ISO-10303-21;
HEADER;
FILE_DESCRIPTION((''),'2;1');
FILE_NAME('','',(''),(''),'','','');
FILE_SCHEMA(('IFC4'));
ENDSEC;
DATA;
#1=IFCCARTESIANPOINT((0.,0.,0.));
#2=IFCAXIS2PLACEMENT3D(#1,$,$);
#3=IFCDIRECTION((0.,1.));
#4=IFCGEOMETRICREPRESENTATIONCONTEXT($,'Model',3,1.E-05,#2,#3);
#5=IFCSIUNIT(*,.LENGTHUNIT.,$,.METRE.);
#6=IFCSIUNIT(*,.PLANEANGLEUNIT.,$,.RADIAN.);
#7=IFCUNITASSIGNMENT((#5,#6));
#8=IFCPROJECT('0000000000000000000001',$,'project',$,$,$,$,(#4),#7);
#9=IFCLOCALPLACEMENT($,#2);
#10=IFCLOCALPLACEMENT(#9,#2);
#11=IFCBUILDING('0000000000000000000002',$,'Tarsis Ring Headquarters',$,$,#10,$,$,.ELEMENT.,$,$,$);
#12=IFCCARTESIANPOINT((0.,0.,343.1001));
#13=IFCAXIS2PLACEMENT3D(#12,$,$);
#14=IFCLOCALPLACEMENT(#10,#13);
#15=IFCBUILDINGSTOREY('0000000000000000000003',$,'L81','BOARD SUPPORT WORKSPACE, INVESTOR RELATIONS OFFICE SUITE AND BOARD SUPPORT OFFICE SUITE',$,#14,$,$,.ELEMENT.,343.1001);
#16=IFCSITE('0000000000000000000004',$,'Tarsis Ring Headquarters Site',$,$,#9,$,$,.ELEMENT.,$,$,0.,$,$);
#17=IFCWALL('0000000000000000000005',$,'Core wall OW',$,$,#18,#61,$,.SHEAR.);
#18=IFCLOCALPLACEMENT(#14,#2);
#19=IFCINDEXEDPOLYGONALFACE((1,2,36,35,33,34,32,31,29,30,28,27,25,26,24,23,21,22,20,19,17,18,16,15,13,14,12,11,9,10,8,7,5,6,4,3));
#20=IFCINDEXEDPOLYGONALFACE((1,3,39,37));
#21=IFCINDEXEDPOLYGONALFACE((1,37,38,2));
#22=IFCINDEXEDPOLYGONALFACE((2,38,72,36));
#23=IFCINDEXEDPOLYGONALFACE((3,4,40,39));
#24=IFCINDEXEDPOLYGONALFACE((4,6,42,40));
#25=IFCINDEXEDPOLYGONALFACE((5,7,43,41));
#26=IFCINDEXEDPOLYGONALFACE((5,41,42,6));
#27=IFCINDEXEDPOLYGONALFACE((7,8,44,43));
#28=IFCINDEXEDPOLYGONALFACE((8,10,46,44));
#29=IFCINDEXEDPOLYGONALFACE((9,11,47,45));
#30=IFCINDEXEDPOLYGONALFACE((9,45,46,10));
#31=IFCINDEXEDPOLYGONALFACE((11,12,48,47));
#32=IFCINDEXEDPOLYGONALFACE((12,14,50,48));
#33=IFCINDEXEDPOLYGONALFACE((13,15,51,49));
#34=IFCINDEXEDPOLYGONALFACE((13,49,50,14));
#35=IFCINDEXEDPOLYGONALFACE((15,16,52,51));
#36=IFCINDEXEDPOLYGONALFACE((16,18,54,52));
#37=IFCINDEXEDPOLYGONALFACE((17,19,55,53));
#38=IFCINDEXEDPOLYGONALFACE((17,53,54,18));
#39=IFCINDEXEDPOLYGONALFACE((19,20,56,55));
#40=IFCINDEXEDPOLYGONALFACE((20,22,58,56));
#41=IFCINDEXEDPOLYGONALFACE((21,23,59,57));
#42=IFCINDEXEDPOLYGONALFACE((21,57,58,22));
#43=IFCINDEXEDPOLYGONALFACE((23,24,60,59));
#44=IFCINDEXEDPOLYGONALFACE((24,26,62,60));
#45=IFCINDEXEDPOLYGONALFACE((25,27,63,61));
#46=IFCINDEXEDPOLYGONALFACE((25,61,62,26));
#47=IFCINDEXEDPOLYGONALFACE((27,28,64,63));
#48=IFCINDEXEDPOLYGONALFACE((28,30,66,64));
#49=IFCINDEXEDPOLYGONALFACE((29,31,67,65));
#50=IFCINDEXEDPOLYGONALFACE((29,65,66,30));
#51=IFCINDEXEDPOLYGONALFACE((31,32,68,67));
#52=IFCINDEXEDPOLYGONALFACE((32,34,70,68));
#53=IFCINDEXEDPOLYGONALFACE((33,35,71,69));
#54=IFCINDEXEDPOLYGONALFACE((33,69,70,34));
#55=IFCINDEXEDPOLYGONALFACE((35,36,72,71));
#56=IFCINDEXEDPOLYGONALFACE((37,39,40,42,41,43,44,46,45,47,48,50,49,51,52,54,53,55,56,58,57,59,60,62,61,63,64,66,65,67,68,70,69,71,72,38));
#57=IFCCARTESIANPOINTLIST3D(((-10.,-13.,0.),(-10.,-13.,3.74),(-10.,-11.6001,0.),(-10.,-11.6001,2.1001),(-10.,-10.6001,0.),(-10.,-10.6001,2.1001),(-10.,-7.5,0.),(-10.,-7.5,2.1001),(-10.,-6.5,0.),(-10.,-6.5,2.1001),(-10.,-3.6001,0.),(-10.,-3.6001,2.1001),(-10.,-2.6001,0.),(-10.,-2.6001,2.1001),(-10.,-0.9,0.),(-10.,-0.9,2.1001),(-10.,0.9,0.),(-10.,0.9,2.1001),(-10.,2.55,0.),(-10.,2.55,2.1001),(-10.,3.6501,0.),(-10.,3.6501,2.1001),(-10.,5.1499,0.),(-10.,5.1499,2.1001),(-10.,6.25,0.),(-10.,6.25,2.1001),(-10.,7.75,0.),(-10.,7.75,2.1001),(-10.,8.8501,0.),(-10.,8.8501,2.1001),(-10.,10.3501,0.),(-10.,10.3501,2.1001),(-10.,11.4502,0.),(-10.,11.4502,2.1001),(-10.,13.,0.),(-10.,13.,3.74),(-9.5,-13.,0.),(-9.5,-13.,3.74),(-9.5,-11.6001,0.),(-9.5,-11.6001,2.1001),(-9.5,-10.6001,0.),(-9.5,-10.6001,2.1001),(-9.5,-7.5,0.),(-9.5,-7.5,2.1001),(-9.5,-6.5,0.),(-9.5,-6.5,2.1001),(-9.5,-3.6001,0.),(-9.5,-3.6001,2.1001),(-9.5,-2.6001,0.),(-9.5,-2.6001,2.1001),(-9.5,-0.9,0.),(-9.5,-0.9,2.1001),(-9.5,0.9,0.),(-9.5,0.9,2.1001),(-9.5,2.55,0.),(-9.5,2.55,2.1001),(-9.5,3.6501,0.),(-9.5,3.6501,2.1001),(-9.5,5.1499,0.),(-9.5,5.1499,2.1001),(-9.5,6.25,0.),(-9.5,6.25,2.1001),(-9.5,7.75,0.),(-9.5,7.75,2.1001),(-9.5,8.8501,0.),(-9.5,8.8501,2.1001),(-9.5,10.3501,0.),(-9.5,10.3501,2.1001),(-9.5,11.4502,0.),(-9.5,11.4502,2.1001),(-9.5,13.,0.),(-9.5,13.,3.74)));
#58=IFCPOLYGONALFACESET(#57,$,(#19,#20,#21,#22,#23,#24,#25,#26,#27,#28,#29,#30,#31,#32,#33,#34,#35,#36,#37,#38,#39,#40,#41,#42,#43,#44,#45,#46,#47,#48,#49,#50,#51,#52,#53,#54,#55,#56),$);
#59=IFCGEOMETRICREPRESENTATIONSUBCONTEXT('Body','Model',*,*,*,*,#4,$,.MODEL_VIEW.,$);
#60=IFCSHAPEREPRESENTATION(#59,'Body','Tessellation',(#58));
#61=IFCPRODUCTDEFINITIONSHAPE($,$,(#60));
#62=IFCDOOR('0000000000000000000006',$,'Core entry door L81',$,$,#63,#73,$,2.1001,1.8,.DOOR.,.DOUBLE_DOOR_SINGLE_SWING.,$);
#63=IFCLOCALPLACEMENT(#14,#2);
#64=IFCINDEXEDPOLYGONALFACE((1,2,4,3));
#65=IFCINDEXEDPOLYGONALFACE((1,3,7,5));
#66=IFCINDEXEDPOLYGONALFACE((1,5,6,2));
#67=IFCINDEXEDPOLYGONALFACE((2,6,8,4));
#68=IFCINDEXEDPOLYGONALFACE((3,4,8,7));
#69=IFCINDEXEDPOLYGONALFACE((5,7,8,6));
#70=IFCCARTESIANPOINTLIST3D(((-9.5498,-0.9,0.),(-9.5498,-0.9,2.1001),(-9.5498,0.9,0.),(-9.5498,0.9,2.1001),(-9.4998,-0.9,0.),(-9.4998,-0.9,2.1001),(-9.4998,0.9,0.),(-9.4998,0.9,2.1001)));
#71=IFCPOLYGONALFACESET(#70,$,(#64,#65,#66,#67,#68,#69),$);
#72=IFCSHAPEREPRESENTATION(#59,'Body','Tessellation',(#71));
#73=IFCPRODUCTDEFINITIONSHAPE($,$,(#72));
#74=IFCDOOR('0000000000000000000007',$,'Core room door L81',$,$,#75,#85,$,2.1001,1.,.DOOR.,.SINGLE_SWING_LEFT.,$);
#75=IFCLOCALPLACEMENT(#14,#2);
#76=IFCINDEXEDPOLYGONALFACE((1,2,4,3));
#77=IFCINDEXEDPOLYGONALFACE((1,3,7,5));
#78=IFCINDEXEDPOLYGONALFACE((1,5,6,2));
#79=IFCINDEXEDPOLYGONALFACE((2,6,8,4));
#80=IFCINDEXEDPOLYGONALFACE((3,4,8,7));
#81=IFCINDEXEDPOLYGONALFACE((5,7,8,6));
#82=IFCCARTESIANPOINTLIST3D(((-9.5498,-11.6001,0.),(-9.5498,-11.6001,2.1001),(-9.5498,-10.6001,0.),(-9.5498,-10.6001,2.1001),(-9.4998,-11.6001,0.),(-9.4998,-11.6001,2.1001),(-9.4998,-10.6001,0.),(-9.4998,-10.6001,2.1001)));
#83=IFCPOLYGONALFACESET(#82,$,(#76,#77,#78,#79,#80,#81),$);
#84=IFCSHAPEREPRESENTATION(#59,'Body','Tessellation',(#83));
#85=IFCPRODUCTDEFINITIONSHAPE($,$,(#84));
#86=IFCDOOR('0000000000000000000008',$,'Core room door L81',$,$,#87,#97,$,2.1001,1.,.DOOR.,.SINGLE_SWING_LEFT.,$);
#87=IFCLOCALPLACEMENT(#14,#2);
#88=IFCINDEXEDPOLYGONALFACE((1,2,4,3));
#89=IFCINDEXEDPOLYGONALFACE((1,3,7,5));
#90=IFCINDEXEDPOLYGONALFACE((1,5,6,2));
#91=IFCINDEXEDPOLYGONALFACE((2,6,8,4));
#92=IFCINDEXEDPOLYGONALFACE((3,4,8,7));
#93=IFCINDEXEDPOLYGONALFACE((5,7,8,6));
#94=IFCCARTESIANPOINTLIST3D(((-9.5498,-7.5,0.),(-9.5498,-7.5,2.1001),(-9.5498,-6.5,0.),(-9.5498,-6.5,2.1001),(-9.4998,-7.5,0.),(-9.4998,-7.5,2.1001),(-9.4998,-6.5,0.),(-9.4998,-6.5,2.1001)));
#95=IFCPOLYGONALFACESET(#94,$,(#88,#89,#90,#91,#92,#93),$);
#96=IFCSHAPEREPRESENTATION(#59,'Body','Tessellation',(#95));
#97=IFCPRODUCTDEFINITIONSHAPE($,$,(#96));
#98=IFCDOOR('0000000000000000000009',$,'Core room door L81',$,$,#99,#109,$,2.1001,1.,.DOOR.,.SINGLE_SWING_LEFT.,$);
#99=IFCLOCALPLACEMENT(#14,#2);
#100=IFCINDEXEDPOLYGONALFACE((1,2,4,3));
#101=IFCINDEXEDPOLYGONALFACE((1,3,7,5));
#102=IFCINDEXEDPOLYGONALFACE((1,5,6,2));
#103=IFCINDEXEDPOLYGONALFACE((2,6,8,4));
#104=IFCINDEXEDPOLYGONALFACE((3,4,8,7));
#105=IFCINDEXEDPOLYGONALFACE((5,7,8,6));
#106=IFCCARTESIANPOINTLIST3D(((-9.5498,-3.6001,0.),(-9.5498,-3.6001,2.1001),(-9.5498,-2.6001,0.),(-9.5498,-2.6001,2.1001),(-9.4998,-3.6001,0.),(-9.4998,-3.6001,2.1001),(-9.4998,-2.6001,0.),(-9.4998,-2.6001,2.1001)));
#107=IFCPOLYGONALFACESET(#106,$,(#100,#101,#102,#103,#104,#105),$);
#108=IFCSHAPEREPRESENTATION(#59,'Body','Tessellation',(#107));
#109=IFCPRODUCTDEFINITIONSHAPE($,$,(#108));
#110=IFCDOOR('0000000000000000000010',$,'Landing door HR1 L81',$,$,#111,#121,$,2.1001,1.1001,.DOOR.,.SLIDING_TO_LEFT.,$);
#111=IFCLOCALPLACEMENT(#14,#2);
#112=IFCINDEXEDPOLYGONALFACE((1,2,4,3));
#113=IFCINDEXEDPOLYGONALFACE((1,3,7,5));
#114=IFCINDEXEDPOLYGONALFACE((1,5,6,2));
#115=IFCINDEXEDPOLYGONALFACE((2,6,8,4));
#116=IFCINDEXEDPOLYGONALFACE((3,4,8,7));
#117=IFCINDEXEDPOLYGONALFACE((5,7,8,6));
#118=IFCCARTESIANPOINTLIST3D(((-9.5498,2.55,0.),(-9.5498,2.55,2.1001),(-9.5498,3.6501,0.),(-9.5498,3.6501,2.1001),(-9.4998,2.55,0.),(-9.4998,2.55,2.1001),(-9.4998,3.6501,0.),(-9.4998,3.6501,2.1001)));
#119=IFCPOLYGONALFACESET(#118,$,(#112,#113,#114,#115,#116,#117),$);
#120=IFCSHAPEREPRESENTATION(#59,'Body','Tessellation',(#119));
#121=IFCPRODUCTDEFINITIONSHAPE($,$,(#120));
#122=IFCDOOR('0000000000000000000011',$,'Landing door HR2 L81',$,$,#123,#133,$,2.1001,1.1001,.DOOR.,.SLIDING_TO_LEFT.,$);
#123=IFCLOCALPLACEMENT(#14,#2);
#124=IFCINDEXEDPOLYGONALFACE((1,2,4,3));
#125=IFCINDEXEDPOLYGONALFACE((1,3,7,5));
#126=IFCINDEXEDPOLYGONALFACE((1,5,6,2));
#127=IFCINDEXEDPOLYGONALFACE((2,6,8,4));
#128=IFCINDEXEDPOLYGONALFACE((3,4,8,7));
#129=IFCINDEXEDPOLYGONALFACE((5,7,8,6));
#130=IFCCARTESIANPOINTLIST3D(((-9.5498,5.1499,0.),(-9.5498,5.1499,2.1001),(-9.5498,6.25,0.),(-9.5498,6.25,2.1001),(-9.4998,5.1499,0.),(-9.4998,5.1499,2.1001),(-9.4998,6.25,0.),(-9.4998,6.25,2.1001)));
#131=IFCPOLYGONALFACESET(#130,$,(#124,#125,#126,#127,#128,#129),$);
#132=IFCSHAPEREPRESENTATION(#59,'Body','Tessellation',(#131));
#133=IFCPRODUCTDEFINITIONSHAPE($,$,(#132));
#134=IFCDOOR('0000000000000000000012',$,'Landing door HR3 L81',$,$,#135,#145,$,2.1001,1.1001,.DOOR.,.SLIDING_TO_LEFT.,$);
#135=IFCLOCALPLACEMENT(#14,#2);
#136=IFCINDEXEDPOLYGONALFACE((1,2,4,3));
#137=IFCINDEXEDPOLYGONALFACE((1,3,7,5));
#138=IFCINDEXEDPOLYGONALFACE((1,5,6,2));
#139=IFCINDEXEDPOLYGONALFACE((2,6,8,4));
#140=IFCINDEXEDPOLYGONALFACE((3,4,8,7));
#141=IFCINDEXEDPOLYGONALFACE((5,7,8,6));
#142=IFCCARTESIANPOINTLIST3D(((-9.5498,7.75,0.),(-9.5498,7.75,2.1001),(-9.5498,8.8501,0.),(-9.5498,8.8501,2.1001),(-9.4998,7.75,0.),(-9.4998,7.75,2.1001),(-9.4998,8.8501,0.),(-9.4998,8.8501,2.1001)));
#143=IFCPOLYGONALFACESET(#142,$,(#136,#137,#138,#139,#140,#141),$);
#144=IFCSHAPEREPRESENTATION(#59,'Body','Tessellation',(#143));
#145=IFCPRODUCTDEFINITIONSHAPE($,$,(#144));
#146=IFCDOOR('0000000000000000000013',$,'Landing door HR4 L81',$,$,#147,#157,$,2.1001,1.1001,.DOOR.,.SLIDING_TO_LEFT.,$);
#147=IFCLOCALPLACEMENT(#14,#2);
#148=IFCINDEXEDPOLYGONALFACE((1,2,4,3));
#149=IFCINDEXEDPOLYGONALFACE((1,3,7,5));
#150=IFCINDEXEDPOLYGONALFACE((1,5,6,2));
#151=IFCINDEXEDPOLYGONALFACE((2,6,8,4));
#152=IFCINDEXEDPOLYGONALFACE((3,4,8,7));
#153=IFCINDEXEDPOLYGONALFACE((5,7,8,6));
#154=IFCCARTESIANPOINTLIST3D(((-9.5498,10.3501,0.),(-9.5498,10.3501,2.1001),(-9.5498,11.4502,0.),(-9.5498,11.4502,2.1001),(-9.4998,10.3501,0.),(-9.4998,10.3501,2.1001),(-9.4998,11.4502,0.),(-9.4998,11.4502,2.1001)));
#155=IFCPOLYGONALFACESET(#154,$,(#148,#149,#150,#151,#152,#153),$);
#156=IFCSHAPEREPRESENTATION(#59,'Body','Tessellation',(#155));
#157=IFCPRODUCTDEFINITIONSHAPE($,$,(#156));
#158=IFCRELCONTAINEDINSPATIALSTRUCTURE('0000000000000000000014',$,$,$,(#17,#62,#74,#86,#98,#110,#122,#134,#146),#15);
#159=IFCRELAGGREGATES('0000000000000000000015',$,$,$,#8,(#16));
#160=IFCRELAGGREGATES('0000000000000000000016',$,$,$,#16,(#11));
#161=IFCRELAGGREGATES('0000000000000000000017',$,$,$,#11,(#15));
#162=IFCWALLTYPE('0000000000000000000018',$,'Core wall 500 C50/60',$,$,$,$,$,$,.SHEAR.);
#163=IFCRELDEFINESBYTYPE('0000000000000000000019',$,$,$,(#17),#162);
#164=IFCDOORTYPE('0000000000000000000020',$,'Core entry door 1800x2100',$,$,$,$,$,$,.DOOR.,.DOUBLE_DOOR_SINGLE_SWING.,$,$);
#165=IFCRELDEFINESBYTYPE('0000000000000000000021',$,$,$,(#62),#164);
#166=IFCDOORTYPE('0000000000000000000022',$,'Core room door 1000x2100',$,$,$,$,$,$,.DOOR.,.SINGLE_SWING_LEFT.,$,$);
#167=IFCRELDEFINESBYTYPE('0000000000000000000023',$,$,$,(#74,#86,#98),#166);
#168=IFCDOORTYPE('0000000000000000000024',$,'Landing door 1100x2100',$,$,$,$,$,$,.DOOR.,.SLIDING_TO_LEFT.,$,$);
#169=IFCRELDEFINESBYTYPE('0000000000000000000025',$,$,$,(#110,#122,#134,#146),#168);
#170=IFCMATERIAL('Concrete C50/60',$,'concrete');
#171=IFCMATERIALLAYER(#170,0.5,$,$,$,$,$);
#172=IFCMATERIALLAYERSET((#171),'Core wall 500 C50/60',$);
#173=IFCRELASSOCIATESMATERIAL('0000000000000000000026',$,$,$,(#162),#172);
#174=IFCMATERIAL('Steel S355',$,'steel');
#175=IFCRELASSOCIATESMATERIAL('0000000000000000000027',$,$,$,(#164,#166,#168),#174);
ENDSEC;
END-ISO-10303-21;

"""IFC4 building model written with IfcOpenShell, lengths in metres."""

from ifc_helpers import new_model, si_unit, direction, frame, frame_2d, origin, place, context, subcontext, project, spatial, rectangle, extrude, material, layer, layer_set, type_object, element, fill, save


model = new_model("IFC4")

# Units and contexts
model_context = context("Model", 3, precision=1e-05, world=origin(), true_north=direction((0.0, 1.0)))
body_context = subcontext(model_context, "Body", "Model", "MODEL_VIEW")
ifc_project = project(units=[si_unit("LENGTHUNIT", "METRE"), si_unit("PLANEANGLEUNIT", "RADIAN")], contexts=[model_context])

# Site, building, storey
site_placement = place(None, origin())
site = spatial("IfcSite", under=ifc_project, at=site_placement, Name="Tarsis Ring Headquarters Site", CompositionType="ELEMENT", RefElevation=0.0)
building_placement = place(site_placement, origin())
building = spatial("IfcBuilding", under=site, at=building_placement, Name="Tarsis Ring Headquarters", CompositionType="ELEMENT")
storey_placement = place(building_placement, frame((0.0, 0.0, 343.1001)))
storey = spatial("IfcBuildingStorey", under=building, at=storey_placement, Name="L81", Description="BOARD SUPPORT WORKSPACE, INVESTOR RELATIONS OFFICE SUITE AND BOARD SUPPORT OFFICE SUITE", CompositionType="ELEMENT", Elevation=343.1001)

# Wall, openings, doors
ifc_material_1 = material(Name="Concrete C50/60", Category="concrete")
ifc_layer = layer(ifc_material_1, 0.5)
ifc_layer_set = layer_set([ifc_layer], Name="Core wall 500 C50/60")
wall_type = type_object("IfcWallType", Name="Core wall 500 C50/60", PredefinedType="SHEAR", material=ifc_layer_set)
wall_1_placement = place(storey_placement, frame((-9.75, -13.0, 0.0), z_axis=(0.0, 0.0, 1.0), x_axis=(0.0, 1.0, 0.0)))
wall_1 = element("IfcWall", 1, at=wall_1_placement, inside=storey, type_object=wall_type, Name="Core wall OW", PredefinedType="SHEAR", context=body_context, shape_type="SweptSolid", body=[
    extrude(rectangle(XDim=26.0, YDim=0.5, at=frame_2d((13.0, 0.0))), origin(), (0.0, 0.0, 1.0), 3.74),
])
opening_1_placement = place(wall_1_placement, frame((1.3999, 0.0, 0.0)))
opening_1 = element("IfcOpeningElement", 2, at=opening_1_placement, cuts=wall_1, PredefinedType="OPENING", context=body_context, shape_type="SweptSolid", body=[
    extrude(rectangle(XDim=1.0, YDim=2.1001, at=frame_2d((0.5, 1.05))), frame((0.0, 0.26, 0.0), z_axis=(0.0, -1.0, 0.0), x_axis=(1.0, 0.0, 0.0)), (0.0, 0.0, 1.0), 0.52),
])
opening_2_placement = place(wall_1_placement, frame((5.5, 0.0, 0.0)))
opening_2 = element("IfcOpeningElement", 3, at=opening_2_placement, cuts=wall_1, PredefinedType="OPENING", context=body_context, shape_type="SweptSolid", body=[
    extrude(rectangle(XDim=1.0, YDim=2.1001, at=frame_2d((0.5, 1.05))), frame((0.0, 0.26, 0.0), z_axis=(0.0, -1.0, 0.0), x_axis=(1.0, 0.0, 0.0)), (0.0, 0.0, 1.0), 0.52),
])
opening_3_placement = place(wall_1_placement, frame((9.3999, 0.0, 0.0)))
opening_3 = element("IfcOpeningElement", 4, at=opening_3_placement, cuts=wall_1, PredefinedType="OPENING", context=body_context, shape_type="SweptSolid", body=[
    extrude(rectangle(XDim=1.0, YDim=2.1001, at=frame_2d((0.5, 1.05))), frame((0.0, 0.26, 0.0), z_axis=(0.0, -1.0, 0.0), x_axis=(1.0, 0.0, 0.0)), (0.0, 0.0, 1.0), 0.52),
])
opening_4_placement = place(wall_1_placement, frame((12.1001, 0.0, 0.0)))
opening_4 = element("IfcOpeningElement", 5, at=opening_4_placement, cuts=wall_1, PredefinedType="OPENING", context=body_context, shape_type="SweptSolid", body=[
    extrude(rectangle(XDim=1.8, YDim=2.1001, at=frame_2d((0.8999, 1.05))), frame((0.0, 0.26, 0.0), z_axis=(0.0, -1.0, 0.0), x_axis=(1.0, 0.0, 0.0)), (0.0, 0.0, 1.0), 0.52),
])
opening_5_placement = place(wall_1_placement, frame((15.55, 0.0, 0.0)))
opening_5 = element("IfcOpeningElement", 6, at=opening_5_placement, cuts=wall_1, PredefinedType="OPENING", context=body_context, shape_type="SweptSolid", body=[
    extrude(rectangle(XDim=1.1001, YDim=2.1001, at=frame_2d((0.55, 1.05))), frame((0.0, 0.26, 0.0), z_axis=(0.0, -1.0, 0.0), x_axis=(1.0, 0.0, 0.0)), (0.0, 0.0, 1.0), 0.52),
])
opening_6_placement = place(wall_1_placement, frame((18.1499, 0.0, 0.0)))
opening_6 = element("IfcOpeningElement", 7, at=opening_6_placement, cuts=wall_1, PredefinedType="OPENING", context=body_context, shape_type="SweptSolid", body=[
    extrude(rectangle(XDim=1.1001, YDim=2.1001, at=frame_2d((0.55, 1.05))), frame((0.0, 0.26, 0.0), z_axis=(0.0, -1.0, 0.0), x_axis=(1.0, 0.0, 0.0)), (0.0, 0.0, 1.0), 0.52),
])
opening_7_placement = place(wall_1_placement, frame((20.75, 0.0, 0.0)))
opening_7 = element("IfcOpeningElement", 8, at=opening_7_placement, cuts=wall_1, PredefinedType="OPENING", context=body_context, shape_type="SweptSolid", body=[
    extrude(rectangle(XDim=1.1001, YDim=2.1001, at=frame_2d((0.55, 1.05))), frame((0.0, 0.26, 0.0), z_axis=(0.0, -1.0, 0.0), x_axis=(1.0, 0.0, 0.0)), (0.0, 0.0, 1.0), 0.52),
])
opening_8_placement = place(wall_1_placement, frame((23.3501, 0.0, 0.0)))
opening_8 = element("IfcOpeningElement", 9, at=opening_8_placement, cuts=wall_1, PredefinedType="OPENING", context=body_context, shape_type="SweptSolid", body=[
    extrude(rectangle(XDim=1.1001, YDim=2.1001, at=frame_2d((0.55, 1.05))), frame((0.0, 0.26, 0.0), z_axis=(0.0, -1.0, 0.0), x_axis=(1.0, 0.0, 0.0)), (0.0, 0.0, 1.0), 0.52),
])
ifc_material_2 = material(Name="Steel S355", Category="steel")
door_type_1 = type_object("IfcDoorType", Name="Core entry door 1800x2100", OperationType="DOUBLE_DOOR_SINGLE_SWING", PredefinedType="DOOR", material=ifc_material_2)
door_1_placement = place(opening_4_placement, origin())
door_1 = element("IfcDoor", 10, at=door_1_placement, inside=storey, type_object=door_type_1, Name="Core entry door L81", OperationType="DOUBLE_DOOR_SINGLE_SWING", OverallHeight=2.1001, OverallWidth=1.8, PredefinedType="DOOR", context=body_context, shape_type="SweptSolid", body=[
    extrude(rectangle(XDim=1.8, YDim=2.1001, at=frame_2d((0.8999, 1.05))), frame((0.0, -0.2002, 0.0), z_axis=(0.0, -1.0, 0.0), x_axis=(1.0, 0.0, 0.0)), (0.0, 0.0, 1.0), 0.05),
])
fill(opening_4, door_1)
door_type_2 = type_object("IfcDoorType", Name="Core room door 1000x2100", OperationType="SINGLE_SWING_LEFT", PredefinedType="DOOR", material=ifc_material_2)
door_2_placement = place(opening_1_placement, origin())
door_2 = element("IfcDoor", 11, at=door_2_placement, inside=storey, type_object=door_type_2, Name="Core room door L81", OperationType="SINGLE_SWING_LEFT", OverallHeight=2.1001, OverallWidth=1.0, PredefinedType="DOOR", context=body_context, shape_type="SweptSolid", body=[
    extrude(rectangle(XDim=1.0, YDim=2.1001, at=frame_2d((0.5, 1.05))), frame((0.0, -0.2002, 0.0), z_axis=(0.0, -1.0, 0.0), x_axis=(1.0, 0.0, 0.0)), (0.0, 0.0, 1.0), 0.05),
])
fill(opening_1, door_2)
door_3_placement = place(opening_2_placement, origin())
door_3 = element("IfcDoor", 12, at=door_3_placement, inside=storey, type_object=door_type_2, Name="Core room door L81", OperationType="SINGLE_SWING_LEFT", OverallHeight=2.1001, OverallWidth=1.0, PredefinedType="DOOR", context=body_context, shape_type="SweptSolid", body=[
    extrude(rectangle(XDim=1.0, YDim=2.1001, at=frame_2d((0.5, 1.05))), frame((0.0, -0.2002, 0.0), z_axis=(0.0, -1.0, 0.0), x_axis=(1.0, 0.0, 0.0)), (0.0, 0.0, 1.0), 0.05),
])
fill(opening_2, door_3)
door_4_placement = place(opening_3_placement, origin())
door_4 = element("IfcDoor", 13, at=door_4_placement, inside=storey, type_object=door_type_2, Name="Core room door L81", OperationType="SINGLE_SWING_LEFT", OverallHeight=2.1001, OverallWidth=1.0, PredefinedType="DOOR", context=body_context, shape_type="SweptSolid", body=[
    extrude(rectangle(XDim=1.0, YDim=2.1001, at=frame_2d((0.5, 1.05))), frame((0.0, -0.2002, 0.0), z_axis=(0.0, -1.0, 0.0), x_axis=(1.0, 0.0, 0.0)), (0.0, 0.0, 1.0), 0.05),
])
fill(opening_3, door_4)
door_type_3 = type_object("IfcDoorType", Name="Landing door 1100x2100", OperationType="SLIDING_TO_LEFT", PredefinedType="DOOR", material=ifc_material_2)
door_5_placement = place(opening_5_placement, origin())
door_5 = element("IfcDoor", 14, at=door_5_placement, inside=storey, type_object=door_type_3, Name="Landing door HR1 L81", OperationType="SLIDING_TO_LEFT", OverallHeight=2.1001, OverallWidth=1.1001, PredefinedType="DOOR", context=body_context, shape_type="SweptSolid", body=[
    extrude(rectangle(XDim=1.1001, YDim=2.1001, at=frame_2d((0.55, 1.05))), frame((0.0, -0.2002, 0.0), z_axis=(0.0, -1.0, 0.0), x_axis=(1.0, 0.0, 0.0)), (0.0, 0.0, 1.0), 0.05),
])
fill(opening_5, door_5)
door_6_placement = place(opening_6_placement, origin())
door_6 = element("IfcDoor", 15, at=door_6_placement, inside=storey, type_object=door_type_3, Name="Landing door HR2 L81", OperationType="SLIDING_TO_LEFT", OverallHeight=2.1001, OverallWidth=1.1001, PredefinedType="DOOR", context=body_context, shape_type="SweptSolid", body=[
    extrude(rectangle(XDim=1.1001, YDim=2.1001, at=frame_2d((0.55, 1.05))), frame((0.0, -0.2002, 0.0), z_axis=(0.0, -1.0, 0.0), x_axis=(1.0, 0.0, 0.0)), (0.0, 0.0, 1.0), 0.05),
])
fill(opening_6, door_6)
door_7_placement = place(opening_7_placement, origin())
door_7 = element("IfcDoor", 16, at=door_7_placement, inside=storey, type_object=door_type_3, Name="Landing door HR3 L81", OperationType="SLIDING_TO_LEFT", OverallHeight=2.1001, OverallWidth=1.1001, PredefinedType="DOOR", context=body_context, shape_type="SweptSolid", body=[
    extrude(rectangle(XDim=1.1001, YDim=2.1001, at=frame_2d((0.55, 1.05))), frame((0.0, -0.2002, 0.0), z_axis=(0.0, -1.0, 0.0), x_axis=(1.0, 0.0, 0.0)), (0.0, 0.0, 1.0), 0.05),
])
fill(opening_7, door_7)
door_8_placement = place(opening_8_placement, origin())
door_8 = element("IfcDoor", 17, at=door_8_placement, inside=storey, type_object=door_type_3, Name="Landing door HR4 L81", OperationType="SLIDING_TO_LEFT", OverallHeight=2.1001, OverallWidth=1.1001, PredefinedType="DOOR", context=body_context, shape_type="SweptSolid", body=[
    extrude(rectangle(XDim=1.1001, YDim=2.1001, at=frame_2d((0.55, 1.05))), frame((0.0, -0.2002, 0.0), z_axis=(0.0, -1.0, 0.0), x_axis=(1.0, 0.0, 0.0)), (0.0, 0.0, 1.0), 0.05),
])
fill(opening_8, door_8)

save(model, "model.ifc")
